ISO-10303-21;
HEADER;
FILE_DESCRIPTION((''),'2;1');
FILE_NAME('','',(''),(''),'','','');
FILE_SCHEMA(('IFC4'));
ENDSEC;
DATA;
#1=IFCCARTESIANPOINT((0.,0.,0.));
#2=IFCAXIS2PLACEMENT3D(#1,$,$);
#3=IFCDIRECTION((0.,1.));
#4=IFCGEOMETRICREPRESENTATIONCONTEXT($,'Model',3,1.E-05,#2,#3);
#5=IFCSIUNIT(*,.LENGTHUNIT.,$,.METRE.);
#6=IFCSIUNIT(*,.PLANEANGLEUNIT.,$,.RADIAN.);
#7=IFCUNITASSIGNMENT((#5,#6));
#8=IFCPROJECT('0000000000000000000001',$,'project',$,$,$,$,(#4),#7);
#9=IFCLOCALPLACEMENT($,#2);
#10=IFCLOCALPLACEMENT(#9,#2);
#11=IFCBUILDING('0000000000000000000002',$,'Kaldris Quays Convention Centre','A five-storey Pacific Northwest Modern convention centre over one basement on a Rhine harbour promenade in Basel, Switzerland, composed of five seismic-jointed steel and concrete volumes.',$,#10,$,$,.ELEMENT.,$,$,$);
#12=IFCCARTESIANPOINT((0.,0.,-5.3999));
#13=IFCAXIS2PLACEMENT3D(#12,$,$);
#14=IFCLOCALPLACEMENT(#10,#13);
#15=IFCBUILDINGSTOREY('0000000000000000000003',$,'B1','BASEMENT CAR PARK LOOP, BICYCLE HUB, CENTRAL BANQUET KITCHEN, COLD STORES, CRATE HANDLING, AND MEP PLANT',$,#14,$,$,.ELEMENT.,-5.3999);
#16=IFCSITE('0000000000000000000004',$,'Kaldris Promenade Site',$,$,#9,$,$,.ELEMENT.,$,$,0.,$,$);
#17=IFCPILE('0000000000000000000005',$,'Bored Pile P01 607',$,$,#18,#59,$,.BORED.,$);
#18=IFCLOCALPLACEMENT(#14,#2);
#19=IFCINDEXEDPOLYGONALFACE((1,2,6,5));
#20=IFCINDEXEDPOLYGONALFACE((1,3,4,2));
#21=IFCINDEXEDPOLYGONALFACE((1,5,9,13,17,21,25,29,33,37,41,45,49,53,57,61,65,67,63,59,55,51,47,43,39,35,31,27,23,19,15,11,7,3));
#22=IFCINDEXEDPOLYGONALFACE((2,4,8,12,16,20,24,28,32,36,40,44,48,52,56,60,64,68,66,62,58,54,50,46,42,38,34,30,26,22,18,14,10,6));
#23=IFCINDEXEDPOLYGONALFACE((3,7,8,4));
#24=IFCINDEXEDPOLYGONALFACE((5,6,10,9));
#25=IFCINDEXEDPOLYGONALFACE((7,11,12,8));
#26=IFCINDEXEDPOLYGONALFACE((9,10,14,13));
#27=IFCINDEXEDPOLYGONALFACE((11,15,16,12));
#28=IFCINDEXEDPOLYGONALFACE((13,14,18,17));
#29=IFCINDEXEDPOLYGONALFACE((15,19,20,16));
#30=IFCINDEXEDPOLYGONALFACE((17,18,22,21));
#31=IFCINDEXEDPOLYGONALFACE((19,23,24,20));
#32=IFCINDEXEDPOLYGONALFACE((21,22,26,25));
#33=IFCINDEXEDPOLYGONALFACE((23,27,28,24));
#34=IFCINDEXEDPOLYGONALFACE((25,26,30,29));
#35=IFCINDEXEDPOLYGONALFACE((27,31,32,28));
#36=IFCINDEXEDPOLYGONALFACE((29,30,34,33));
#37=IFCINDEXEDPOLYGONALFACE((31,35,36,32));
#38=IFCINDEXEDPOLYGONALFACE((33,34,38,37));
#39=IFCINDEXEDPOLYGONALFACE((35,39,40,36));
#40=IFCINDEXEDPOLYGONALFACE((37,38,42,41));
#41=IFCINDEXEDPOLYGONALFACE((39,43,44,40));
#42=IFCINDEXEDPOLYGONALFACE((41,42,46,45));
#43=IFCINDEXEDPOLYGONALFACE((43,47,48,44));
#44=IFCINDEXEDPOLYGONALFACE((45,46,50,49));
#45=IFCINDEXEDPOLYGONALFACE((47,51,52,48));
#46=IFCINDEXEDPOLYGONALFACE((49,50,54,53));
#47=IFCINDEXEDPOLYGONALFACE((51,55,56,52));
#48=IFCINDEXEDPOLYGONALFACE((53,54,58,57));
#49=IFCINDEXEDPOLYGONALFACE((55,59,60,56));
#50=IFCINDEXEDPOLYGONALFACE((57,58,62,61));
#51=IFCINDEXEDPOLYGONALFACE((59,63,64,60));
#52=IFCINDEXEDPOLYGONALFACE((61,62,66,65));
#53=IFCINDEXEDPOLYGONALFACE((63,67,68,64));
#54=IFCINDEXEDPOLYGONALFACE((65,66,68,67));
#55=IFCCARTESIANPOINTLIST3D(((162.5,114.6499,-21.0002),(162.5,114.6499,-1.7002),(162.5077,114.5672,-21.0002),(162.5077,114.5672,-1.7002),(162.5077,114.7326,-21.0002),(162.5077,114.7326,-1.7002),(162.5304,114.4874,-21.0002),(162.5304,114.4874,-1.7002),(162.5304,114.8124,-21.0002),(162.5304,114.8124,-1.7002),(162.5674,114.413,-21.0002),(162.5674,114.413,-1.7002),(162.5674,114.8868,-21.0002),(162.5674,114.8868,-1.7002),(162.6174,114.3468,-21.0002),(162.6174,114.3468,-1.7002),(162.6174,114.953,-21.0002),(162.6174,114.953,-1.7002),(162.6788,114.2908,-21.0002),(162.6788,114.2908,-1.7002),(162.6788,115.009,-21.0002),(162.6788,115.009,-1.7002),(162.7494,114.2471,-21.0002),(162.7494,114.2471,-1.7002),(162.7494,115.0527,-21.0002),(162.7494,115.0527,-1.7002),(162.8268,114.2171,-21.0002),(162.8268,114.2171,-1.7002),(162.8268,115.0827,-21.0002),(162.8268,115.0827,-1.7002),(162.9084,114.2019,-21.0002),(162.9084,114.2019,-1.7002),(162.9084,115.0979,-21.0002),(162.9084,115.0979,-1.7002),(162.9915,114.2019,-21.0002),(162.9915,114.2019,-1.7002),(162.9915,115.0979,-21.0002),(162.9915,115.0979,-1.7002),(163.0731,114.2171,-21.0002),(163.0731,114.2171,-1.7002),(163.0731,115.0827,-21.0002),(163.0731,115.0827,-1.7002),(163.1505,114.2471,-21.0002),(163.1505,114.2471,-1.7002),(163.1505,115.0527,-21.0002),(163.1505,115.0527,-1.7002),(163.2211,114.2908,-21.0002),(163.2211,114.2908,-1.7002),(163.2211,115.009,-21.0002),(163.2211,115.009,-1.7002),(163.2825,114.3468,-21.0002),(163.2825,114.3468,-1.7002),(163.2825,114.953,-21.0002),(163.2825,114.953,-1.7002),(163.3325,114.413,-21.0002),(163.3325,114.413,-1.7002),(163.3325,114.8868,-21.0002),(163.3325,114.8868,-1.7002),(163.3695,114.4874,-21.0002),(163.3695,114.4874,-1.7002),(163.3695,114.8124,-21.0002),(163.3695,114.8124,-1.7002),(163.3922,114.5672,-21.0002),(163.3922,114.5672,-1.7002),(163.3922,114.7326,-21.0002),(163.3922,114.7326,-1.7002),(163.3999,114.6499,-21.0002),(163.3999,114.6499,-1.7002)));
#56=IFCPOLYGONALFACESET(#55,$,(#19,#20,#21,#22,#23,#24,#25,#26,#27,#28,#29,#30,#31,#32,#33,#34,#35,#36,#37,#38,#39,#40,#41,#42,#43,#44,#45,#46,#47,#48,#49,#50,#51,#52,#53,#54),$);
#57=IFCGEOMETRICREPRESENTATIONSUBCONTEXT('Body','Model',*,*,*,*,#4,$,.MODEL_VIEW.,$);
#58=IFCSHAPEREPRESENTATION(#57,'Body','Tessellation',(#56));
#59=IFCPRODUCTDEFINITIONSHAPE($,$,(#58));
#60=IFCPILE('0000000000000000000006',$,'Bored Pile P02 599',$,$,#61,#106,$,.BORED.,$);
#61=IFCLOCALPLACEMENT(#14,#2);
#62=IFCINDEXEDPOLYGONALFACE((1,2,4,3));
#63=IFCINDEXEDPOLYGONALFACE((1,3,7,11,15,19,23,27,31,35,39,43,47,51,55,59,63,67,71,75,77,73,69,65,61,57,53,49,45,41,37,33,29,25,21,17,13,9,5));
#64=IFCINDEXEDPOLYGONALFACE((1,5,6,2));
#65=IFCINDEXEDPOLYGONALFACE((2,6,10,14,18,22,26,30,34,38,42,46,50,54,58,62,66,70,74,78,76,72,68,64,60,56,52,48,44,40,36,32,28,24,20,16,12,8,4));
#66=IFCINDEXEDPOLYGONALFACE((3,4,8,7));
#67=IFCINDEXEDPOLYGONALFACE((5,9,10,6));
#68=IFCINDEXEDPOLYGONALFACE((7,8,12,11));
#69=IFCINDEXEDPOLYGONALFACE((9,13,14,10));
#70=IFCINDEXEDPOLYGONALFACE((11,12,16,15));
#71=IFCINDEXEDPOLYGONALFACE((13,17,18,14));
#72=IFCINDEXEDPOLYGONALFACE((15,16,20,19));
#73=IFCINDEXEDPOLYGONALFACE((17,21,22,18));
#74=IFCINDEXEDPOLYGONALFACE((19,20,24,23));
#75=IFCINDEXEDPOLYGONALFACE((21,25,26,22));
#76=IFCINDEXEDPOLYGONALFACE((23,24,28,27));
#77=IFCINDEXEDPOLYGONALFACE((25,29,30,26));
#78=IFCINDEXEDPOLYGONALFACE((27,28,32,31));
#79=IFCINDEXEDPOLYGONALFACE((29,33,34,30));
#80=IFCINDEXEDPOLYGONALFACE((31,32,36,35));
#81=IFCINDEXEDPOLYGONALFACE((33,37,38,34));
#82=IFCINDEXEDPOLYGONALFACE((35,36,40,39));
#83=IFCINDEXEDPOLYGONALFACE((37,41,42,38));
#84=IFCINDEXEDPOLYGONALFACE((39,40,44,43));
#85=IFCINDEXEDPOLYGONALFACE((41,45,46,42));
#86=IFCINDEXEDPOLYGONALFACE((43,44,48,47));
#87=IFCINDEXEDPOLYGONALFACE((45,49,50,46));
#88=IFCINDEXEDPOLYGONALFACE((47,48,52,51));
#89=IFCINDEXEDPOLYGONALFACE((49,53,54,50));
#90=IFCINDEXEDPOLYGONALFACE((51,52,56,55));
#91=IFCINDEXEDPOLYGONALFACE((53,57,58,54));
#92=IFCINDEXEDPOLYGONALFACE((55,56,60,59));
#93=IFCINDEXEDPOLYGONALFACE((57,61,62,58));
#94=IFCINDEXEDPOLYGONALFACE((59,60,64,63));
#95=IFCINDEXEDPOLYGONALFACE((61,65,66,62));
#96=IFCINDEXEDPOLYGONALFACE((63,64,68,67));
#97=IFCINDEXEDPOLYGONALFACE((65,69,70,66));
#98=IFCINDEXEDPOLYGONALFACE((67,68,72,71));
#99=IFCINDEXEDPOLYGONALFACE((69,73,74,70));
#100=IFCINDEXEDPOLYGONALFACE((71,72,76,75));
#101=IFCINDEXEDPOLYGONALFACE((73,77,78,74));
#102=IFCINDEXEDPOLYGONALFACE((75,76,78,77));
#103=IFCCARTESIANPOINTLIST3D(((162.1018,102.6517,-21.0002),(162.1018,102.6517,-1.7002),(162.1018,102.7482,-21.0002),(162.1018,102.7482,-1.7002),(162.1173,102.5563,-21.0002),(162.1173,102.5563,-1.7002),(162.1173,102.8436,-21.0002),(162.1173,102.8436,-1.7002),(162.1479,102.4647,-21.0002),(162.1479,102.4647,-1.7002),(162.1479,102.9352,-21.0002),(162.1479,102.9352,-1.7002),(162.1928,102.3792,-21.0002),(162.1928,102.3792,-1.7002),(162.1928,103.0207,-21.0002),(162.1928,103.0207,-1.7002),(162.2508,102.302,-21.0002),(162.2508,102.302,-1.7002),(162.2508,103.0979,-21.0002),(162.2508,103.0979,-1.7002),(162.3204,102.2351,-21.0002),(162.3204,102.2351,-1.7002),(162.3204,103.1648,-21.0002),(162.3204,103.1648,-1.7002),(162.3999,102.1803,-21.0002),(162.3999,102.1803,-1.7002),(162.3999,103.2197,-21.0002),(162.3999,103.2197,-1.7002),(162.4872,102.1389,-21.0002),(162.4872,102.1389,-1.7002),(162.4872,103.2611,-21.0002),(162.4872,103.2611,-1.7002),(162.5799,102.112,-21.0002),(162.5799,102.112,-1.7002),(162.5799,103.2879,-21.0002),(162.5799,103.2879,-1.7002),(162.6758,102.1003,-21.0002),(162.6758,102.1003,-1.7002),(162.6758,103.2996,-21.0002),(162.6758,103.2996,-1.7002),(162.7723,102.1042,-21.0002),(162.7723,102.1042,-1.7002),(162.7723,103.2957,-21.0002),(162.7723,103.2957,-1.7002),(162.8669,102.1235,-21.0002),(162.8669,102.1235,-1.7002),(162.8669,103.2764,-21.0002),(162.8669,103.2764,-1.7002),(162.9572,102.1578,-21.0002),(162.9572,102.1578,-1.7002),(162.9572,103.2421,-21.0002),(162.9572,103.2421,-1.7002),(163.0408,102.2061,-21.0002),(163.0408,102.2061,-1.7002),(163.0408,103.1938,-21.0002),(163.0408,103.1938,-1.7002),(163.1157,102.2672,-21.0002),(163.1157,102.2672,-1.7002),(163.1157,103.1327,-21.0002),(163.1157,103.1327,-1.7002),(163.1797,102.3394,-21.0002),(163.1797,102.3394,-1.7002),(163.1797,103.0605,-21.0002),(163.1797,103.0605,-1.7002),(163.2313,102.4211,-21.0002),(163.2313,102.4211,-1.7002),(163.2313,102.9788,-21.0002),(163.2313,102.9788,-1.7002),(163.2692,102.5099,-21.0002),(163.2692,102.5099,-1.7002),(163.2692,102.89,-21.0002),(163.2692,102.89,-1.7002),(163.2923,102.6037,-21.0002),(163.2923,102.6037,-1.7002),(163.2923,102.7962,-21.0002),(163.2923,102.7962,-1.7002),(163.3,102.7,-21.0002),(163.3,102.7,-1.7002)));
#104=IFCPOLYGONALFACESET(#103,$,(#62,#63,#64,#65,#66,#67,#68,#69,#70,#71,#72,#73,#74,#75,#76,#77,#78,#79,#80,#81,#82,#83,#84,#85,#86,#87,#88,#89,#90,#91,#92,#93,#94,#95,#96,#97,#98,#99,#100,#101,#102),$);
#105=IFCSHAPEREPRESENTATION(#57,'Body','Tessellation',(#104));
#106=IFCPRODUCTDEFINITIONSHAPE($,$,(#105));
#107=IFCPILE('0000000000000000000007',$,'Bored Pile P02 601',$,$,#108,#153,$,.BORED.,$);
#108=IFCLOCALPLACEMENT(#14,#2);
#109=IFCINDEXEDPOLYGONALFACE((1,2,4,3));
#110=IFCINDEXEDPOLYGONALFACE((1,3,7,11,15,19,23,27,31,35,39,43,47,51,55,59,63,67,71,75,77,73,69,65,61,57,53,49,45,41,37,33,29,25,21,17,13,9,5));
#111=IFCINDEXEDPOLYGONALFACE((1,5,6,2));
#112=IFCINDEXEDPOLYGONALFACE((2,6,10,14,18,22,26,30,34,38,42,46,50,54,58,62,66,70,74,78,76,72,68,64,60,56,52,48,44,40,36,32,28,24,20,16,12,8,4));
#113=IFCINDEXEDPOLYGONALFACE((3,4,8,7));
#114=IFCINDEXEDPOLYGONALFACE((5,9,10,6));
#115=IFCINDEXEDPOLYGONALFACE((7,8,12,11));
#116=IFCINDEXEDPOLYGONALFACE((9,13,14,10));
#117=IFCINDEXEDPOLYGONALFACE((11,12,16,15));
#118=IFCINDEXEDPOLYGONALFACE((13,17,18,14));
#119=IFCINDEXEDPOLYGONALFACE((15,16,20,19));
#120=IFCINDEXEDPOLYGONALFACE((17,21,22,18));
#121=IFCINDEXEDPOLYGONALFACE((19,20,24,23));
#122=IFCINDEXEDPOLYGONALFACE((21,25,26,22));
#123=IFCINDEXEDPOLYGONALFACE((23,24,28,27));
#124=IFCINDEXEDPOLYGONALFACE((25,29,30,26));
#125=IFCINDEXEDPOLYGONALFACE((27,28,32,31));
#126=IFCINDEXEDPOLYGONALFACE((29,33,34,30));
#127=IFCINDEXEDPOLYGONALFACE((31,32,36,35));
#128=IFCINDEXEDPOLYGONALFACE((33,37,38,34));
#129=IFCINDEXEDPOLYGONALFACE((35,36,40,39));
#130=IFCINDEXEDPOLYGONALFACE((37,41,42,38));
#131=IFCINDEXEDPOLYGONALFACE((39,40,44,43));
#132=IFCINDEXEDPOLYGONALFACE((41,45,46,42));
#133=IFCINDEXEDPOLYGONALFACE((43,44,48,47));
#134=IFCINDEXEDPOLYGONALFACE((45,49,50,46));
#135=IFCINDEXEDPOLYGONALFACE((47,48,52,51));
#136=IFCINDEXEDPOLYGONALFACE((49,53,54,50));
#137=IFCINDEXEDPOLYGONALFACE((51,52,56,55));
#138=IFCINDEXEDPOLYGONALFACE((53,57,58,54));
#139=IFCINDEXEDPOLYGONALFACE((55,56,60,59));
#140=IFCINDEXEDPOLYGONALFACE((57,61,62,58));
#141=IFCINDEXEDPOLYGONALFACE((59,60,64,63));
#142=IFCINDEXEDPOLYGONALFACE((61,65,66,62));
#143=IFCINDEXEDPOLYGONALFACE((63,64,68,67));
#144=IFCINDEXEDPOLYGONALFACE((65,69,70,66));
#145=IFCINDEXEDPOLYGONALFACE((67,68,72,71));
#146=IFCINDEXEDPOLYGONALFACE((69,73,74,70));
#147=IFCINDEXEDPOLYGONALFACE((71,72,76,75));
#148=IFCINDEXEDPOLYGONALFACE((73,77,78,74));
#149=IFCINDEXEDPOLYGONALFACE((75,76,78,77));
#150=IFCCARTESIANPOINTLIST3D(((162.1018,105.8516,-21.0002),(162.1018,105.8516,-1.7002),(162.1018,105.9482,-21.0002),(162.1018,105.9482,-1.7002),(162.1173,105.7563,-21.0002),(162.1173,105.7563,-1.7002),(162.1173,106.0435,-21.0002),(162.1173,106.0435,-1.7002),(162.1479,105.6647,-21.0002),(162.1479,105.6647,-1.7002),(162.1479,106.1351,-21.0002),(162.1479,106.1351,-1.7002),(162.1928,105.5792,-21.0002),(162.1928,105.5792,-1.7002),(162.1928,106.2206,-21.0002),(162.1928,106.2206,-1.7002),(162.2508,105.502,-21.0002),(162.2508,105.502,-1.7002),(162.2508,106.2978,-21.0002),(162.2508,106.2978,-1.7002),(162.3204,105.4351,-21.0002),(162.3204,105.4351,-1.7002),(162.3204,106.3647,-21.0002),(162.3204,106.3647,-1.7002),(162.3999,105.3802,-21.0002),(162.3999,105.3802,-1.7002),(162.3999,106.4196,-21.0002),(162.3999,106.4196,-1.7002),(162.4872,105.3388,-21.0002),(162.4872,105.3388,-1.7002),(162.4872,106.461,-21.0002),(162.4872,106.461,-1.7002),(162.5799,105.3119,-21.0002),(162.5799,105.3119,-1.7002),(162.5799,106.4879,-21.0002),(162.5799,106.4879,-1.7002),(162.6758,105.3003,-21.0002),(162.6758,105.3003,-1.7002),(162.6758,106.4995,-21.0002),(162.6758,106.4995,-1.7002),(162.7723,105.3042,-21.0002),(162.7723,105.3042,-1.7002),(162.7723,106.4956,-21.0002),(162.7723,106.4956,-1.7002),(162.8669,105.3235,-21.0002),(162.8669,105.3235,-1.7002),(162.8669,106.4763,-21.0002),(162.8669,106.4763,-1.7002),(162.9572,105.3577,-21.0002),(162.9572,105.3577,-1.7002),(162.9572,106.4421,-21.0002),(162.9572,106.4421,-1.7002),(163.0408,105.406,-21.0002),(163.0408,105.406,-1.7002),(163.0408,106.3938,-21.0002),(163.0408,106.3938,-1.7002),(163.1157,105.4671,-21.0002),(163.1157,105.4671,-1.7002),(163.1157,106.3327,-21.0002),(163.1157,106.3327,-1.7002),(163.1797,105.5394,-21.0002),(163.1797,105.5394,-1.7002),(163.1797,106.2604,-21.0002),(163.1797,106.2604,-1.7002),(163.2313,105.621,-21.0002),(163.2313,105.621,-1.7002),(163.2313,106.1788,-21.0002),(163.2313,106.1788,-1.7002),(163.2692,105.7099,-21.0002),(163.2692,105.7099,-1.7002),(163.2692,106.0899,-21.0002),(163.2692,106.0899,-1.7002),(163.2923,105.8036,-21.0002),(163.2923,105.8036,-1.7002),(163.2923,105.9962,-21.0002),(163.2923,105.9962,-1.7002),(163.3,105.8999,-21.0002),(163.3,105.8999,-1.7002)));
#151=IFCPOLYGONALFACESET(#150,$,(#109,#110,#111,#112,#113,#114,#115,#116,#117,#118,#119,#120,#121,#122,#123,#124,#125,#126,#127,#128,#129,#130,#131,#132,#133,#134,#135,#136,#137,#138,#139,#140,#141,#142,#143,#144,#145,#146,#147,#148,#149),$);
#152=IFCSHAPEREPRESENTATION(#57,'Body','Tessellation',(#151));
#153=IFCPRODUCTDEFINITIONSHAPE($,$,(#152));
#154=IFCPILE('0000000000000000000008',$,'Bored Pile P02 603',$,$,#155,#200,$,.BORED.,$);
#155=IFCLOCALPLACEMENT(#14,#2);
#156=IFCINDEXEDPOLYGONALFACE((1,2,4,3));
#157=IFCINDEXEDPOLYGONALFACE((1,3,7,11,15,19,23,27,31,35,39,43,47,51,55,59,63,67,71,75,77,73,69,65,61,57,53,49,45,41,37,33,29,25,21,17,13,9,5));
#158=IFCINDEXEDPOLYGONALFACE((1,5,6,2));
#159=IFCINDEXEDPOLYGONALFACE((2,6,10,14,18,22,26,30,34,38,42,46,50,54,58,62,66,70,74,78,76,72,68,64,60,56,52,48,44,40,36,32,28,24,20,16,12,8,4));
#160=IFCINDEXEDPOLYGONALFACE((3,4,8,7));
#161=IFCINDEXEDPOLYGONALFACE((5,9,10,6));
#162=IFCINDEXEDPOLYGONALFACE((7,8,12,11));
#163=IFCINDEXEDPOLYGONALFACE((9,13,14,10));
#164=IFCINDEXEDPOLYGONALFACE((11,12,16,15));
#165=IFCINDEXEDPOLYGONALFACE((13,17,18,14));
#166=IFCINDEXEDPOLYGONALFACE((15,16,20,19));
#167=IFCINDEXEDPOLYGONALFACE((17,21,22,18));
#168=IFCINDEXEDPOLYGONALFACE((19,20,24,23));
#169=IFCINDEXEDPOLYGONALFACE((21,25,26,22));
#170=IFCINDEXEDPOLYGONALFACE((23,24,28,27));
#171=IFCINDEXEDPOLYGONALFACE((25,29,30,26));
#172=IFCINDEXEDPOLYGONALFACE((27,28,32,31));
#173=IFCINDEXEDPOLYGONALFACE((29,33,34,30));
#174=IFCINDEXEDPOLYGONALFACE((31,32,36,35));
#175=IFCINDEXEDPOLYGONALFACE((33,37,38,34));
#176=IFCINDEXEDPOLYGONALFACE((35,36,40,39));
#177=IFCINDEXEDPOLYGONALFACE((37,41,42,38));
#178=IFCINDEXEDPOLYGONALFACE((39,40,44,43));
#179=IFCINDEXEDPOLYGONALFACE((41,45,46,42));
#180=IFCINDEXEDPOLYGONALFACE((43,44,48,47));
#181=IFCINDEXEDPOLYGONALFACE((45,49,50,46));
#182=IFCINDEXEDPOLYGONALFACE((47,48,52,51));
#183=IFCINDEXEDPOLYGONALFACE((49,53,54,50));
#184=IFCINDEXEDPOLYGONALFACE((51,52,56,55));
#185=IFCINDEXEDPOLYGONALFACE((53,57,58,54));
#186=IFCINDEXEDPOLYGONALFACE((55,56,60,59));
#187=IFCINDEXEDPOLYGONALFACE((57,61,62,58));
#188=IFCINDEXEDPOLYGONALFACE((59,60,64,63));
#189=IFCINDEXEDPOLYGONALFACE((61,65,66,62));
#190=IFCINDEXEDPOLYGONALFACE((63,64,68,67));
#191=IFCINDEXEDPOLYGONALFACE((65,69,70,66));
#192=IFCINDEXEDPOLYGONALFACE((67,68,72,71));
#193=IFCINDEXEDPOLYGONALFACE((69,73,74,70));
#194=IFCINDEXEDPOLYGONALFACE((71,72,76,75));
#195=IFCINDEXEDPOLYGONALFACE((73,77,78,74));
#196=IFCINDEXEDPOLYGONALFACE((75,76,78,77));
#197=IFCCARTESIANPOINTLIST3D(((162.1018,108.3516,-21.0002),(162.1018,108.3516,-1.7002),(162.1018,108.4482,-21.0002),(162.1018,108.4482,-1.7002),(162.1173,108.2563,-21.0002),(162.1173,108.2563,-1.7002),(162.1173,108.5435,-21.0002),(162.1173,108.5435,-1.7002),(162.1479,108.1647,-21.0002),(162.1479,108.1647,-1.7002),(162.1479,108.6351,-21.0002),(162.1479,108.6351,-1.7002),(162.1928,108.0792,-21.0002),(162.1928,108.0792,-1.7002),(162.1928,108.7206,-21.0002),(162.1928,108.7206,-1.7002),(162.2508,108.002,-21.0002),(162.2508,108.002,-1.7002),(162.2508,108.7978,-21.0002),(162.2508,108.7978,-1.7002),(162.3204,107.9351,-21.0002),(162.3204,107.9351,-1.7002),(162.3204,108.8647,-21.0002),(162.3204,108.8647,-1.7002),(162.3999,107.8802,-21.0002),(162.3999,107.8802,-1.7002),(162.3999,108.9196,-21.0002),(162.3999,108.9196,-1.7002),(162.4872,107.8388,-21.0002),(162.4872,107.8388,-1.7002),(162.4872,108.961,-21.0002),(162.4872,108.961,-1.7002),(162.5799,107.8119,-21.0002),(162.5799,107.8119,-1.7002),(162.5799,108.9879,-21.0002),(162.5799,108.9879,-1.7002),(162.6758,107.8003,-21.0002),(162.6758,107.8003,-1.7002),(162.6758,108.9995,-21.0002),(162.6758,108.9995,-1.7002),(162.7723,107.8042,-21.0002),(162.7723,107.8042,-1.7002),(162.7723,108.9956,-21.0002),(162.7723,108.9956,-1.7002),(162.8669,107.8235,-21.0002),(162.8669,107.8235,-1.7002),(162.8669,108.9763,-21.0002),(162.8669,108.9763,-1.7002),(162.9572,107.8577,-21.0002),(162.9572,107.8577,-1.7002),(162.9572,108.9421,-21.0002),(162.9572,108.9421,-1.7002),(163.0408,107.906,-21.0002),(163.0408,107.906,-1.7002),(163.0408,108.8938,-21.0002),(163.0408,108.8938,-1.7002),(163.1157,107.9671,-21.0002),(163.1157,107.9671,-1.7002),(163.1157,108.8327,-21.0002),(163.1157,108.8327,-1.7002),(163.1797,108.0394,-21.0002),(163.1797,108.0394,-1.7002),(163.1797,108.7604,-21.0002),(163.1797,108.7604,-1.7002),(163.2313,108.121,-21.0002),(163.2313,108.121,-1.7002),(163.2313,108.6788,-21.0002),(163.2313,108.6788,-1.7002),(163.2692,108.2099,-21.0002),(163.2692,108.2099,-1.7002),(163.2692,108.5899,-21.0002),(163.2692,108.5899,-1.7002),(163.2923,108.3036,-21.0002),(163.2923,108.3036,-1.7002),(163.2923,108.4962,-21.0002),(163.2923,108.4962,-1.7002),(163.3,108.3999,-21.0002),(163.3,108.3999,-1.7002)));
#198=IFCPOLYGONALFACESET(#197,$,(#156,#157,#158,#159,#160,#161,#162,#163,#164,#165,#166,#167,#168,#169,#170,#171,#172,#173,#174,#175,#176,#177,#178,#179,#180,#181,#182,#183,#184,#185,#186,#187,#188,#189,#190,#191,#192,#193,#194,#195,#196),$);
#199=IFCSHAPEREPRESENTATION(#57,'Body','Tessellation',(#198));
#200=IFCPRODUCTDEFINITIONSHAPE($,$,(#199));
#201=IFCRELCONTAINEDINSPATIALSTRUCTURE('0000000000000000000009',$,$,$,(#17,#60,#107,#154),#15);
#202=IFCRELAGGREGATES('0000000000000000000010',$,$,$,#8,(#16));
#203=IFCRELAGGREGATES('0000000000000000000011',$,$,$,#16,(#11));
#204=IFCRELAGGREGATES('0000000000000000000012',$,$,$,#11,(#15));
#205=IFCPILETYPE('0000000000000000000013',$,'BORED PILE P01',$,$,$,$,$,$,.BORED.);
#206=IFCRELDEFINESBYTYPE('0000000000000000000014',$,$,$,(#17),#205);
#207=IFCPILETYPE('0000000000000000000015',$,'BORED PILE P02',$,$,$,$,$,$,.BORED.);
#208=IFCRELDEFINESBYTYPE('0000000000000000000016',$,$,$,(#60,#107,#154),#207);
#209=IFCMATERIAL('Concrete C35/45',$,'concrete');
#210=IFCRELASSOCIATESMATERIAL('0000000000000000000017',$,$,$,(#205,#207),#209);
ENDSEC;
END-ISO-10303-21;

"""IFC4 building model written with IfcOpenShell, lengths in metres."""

from ifc_helpers import new_model, si_unit, direction, frame, origin, origin_2d, place, context, subcontext, project, spatial, circle, extrude, material, material_profile, profile_set, type_object, element, save


model = new_model("IFC4")

# Units and contexts
model_context = context("Model", 3, precision=1e-05, world=origin(), true_north=direction((0.0, 1.0)))
body_context = subcontext(model_context, "Body", "Model", "MODEL_VIEW")
ifc_project = project(units=[si_unit("LENGTHUNIT", "METRE"), si_unit("PLANEANGLEUNIT", "RADIAN")], contexts=[model_context])

# Site, building, storey
site_placement = place(None, origin())
site = spatial("IfcSite", under=ifc_project, at=site_placement, Name="Kaldris Promenade Site", CompositionType="ELEMENT", RefElevation=0.0)
building_placement = place(site_placement, origin())
building = spatial("IfcBuilding", under=site, at=building_placement, Name="Kaldris Quays Convention Centre", Description="A five-storey Pacific Northwest Modern convention centre over one basement on a Rhine harbour promenade in Basel, Switzerland, composed of five seismic-jointed steel and concrete volumes.", CompositionType="ELEMENT")
storey_placement = place(building_placement, frame((0.0, 0.0, -5.3999)))
storey = spatial("IfcBuildingStorey", under=building, at=storey_placement, Name="B1", Description="BASEMENT CAR PARK LOOP, BICYCLE HUB, CENTRAL BANQUET KITCHEN, COLD STORES, CRATE HANDLING, AND MEP PLANT", CompositionType="ELEMENT", Elevation=-5.3999)

# Piles
ifc_material_1 = material(Name="Concrete C35/45", Category="concrete")
ifc_material_profile_1 = material_profile(ifc_material_1, circle(Radius=0.45, at=origin_2d()), Name="BORED PILE D900")
ifc_profile_set_1 = profile_set([ifc_material_profile_1], Name="Concrete C35/45")
pile_type_1 = type_object("IfcPileType", Name="BORED PILE P01", PredefinedType="BORED", material=ifc_profile_set_1)
for number, where, z_axis, x_axis, name in (
    (1, (162.95, 114.6499, -1.7002), (0.0, 0.0, -1.0), (1.0, 0.0, 0.0), "Bored Pile P01 607"),
):
    element("IfcPile", number, at=place(storey_placement, frame(where, z_axis=z_axis, x_axis=x_axis)), inside=storey, type_object=pile_type_1, Name=name, PredefinedType="BORED", context=body_context, shape_type="SweptSolid", body=[
        extrude(circle(Radius=0.45, at=origin_2d()), origin(), (0.0, 0.0, 1.0), 19.3),
    ])
ifc_material_profile_2 = material_profile(ifc_material_1, circle(Radius=0.6001, at=origin_2d()), Name="BORED PILE D1200")
ifc_profile_set_2 = profile_set([ifc_material_profile_2], Name="Concrete C35/45")
pile_type_2 = type_object("IfcPileType", Name="BORED PILE P02", PredefinedType="BORED", material=ifc_profile_set_2)
for number, where, z_axis, x_axis, name in (
    (2, (162.7, 102.7, -1.7002), (0.0, 0.0, -1.0), (1.0, 0.0, 0.0), "Bored Pile P02 599"),
    (3, (162.7, 105.8999, -1.7002), (0.0, 0.0, -1.0), (1.0, 0.0, 0.0), "Bored Pile P02 601"),
    (4, (162.7, 108.3999, -1.7002), (0.0, 0.0, -1.0), (1.0, 0.0, 0.0), "Bored Pile P02 603"),
):
    element("IfcPile", number, at=place(storey_placement, frame(where, z_axis=z_axis, x_axis=x_axis)), inside=storey, type_object=pile_type_2, Name=name, PredefinedType="BORED", context=body_context, shape_type="SweptSolid", body=[
        extrude(circle(Radius=0.6001, at=origin_2d()), origin(), (0.0, 0.0, 1.0), 19.3),
    ])

save(model, "model.ifc")
